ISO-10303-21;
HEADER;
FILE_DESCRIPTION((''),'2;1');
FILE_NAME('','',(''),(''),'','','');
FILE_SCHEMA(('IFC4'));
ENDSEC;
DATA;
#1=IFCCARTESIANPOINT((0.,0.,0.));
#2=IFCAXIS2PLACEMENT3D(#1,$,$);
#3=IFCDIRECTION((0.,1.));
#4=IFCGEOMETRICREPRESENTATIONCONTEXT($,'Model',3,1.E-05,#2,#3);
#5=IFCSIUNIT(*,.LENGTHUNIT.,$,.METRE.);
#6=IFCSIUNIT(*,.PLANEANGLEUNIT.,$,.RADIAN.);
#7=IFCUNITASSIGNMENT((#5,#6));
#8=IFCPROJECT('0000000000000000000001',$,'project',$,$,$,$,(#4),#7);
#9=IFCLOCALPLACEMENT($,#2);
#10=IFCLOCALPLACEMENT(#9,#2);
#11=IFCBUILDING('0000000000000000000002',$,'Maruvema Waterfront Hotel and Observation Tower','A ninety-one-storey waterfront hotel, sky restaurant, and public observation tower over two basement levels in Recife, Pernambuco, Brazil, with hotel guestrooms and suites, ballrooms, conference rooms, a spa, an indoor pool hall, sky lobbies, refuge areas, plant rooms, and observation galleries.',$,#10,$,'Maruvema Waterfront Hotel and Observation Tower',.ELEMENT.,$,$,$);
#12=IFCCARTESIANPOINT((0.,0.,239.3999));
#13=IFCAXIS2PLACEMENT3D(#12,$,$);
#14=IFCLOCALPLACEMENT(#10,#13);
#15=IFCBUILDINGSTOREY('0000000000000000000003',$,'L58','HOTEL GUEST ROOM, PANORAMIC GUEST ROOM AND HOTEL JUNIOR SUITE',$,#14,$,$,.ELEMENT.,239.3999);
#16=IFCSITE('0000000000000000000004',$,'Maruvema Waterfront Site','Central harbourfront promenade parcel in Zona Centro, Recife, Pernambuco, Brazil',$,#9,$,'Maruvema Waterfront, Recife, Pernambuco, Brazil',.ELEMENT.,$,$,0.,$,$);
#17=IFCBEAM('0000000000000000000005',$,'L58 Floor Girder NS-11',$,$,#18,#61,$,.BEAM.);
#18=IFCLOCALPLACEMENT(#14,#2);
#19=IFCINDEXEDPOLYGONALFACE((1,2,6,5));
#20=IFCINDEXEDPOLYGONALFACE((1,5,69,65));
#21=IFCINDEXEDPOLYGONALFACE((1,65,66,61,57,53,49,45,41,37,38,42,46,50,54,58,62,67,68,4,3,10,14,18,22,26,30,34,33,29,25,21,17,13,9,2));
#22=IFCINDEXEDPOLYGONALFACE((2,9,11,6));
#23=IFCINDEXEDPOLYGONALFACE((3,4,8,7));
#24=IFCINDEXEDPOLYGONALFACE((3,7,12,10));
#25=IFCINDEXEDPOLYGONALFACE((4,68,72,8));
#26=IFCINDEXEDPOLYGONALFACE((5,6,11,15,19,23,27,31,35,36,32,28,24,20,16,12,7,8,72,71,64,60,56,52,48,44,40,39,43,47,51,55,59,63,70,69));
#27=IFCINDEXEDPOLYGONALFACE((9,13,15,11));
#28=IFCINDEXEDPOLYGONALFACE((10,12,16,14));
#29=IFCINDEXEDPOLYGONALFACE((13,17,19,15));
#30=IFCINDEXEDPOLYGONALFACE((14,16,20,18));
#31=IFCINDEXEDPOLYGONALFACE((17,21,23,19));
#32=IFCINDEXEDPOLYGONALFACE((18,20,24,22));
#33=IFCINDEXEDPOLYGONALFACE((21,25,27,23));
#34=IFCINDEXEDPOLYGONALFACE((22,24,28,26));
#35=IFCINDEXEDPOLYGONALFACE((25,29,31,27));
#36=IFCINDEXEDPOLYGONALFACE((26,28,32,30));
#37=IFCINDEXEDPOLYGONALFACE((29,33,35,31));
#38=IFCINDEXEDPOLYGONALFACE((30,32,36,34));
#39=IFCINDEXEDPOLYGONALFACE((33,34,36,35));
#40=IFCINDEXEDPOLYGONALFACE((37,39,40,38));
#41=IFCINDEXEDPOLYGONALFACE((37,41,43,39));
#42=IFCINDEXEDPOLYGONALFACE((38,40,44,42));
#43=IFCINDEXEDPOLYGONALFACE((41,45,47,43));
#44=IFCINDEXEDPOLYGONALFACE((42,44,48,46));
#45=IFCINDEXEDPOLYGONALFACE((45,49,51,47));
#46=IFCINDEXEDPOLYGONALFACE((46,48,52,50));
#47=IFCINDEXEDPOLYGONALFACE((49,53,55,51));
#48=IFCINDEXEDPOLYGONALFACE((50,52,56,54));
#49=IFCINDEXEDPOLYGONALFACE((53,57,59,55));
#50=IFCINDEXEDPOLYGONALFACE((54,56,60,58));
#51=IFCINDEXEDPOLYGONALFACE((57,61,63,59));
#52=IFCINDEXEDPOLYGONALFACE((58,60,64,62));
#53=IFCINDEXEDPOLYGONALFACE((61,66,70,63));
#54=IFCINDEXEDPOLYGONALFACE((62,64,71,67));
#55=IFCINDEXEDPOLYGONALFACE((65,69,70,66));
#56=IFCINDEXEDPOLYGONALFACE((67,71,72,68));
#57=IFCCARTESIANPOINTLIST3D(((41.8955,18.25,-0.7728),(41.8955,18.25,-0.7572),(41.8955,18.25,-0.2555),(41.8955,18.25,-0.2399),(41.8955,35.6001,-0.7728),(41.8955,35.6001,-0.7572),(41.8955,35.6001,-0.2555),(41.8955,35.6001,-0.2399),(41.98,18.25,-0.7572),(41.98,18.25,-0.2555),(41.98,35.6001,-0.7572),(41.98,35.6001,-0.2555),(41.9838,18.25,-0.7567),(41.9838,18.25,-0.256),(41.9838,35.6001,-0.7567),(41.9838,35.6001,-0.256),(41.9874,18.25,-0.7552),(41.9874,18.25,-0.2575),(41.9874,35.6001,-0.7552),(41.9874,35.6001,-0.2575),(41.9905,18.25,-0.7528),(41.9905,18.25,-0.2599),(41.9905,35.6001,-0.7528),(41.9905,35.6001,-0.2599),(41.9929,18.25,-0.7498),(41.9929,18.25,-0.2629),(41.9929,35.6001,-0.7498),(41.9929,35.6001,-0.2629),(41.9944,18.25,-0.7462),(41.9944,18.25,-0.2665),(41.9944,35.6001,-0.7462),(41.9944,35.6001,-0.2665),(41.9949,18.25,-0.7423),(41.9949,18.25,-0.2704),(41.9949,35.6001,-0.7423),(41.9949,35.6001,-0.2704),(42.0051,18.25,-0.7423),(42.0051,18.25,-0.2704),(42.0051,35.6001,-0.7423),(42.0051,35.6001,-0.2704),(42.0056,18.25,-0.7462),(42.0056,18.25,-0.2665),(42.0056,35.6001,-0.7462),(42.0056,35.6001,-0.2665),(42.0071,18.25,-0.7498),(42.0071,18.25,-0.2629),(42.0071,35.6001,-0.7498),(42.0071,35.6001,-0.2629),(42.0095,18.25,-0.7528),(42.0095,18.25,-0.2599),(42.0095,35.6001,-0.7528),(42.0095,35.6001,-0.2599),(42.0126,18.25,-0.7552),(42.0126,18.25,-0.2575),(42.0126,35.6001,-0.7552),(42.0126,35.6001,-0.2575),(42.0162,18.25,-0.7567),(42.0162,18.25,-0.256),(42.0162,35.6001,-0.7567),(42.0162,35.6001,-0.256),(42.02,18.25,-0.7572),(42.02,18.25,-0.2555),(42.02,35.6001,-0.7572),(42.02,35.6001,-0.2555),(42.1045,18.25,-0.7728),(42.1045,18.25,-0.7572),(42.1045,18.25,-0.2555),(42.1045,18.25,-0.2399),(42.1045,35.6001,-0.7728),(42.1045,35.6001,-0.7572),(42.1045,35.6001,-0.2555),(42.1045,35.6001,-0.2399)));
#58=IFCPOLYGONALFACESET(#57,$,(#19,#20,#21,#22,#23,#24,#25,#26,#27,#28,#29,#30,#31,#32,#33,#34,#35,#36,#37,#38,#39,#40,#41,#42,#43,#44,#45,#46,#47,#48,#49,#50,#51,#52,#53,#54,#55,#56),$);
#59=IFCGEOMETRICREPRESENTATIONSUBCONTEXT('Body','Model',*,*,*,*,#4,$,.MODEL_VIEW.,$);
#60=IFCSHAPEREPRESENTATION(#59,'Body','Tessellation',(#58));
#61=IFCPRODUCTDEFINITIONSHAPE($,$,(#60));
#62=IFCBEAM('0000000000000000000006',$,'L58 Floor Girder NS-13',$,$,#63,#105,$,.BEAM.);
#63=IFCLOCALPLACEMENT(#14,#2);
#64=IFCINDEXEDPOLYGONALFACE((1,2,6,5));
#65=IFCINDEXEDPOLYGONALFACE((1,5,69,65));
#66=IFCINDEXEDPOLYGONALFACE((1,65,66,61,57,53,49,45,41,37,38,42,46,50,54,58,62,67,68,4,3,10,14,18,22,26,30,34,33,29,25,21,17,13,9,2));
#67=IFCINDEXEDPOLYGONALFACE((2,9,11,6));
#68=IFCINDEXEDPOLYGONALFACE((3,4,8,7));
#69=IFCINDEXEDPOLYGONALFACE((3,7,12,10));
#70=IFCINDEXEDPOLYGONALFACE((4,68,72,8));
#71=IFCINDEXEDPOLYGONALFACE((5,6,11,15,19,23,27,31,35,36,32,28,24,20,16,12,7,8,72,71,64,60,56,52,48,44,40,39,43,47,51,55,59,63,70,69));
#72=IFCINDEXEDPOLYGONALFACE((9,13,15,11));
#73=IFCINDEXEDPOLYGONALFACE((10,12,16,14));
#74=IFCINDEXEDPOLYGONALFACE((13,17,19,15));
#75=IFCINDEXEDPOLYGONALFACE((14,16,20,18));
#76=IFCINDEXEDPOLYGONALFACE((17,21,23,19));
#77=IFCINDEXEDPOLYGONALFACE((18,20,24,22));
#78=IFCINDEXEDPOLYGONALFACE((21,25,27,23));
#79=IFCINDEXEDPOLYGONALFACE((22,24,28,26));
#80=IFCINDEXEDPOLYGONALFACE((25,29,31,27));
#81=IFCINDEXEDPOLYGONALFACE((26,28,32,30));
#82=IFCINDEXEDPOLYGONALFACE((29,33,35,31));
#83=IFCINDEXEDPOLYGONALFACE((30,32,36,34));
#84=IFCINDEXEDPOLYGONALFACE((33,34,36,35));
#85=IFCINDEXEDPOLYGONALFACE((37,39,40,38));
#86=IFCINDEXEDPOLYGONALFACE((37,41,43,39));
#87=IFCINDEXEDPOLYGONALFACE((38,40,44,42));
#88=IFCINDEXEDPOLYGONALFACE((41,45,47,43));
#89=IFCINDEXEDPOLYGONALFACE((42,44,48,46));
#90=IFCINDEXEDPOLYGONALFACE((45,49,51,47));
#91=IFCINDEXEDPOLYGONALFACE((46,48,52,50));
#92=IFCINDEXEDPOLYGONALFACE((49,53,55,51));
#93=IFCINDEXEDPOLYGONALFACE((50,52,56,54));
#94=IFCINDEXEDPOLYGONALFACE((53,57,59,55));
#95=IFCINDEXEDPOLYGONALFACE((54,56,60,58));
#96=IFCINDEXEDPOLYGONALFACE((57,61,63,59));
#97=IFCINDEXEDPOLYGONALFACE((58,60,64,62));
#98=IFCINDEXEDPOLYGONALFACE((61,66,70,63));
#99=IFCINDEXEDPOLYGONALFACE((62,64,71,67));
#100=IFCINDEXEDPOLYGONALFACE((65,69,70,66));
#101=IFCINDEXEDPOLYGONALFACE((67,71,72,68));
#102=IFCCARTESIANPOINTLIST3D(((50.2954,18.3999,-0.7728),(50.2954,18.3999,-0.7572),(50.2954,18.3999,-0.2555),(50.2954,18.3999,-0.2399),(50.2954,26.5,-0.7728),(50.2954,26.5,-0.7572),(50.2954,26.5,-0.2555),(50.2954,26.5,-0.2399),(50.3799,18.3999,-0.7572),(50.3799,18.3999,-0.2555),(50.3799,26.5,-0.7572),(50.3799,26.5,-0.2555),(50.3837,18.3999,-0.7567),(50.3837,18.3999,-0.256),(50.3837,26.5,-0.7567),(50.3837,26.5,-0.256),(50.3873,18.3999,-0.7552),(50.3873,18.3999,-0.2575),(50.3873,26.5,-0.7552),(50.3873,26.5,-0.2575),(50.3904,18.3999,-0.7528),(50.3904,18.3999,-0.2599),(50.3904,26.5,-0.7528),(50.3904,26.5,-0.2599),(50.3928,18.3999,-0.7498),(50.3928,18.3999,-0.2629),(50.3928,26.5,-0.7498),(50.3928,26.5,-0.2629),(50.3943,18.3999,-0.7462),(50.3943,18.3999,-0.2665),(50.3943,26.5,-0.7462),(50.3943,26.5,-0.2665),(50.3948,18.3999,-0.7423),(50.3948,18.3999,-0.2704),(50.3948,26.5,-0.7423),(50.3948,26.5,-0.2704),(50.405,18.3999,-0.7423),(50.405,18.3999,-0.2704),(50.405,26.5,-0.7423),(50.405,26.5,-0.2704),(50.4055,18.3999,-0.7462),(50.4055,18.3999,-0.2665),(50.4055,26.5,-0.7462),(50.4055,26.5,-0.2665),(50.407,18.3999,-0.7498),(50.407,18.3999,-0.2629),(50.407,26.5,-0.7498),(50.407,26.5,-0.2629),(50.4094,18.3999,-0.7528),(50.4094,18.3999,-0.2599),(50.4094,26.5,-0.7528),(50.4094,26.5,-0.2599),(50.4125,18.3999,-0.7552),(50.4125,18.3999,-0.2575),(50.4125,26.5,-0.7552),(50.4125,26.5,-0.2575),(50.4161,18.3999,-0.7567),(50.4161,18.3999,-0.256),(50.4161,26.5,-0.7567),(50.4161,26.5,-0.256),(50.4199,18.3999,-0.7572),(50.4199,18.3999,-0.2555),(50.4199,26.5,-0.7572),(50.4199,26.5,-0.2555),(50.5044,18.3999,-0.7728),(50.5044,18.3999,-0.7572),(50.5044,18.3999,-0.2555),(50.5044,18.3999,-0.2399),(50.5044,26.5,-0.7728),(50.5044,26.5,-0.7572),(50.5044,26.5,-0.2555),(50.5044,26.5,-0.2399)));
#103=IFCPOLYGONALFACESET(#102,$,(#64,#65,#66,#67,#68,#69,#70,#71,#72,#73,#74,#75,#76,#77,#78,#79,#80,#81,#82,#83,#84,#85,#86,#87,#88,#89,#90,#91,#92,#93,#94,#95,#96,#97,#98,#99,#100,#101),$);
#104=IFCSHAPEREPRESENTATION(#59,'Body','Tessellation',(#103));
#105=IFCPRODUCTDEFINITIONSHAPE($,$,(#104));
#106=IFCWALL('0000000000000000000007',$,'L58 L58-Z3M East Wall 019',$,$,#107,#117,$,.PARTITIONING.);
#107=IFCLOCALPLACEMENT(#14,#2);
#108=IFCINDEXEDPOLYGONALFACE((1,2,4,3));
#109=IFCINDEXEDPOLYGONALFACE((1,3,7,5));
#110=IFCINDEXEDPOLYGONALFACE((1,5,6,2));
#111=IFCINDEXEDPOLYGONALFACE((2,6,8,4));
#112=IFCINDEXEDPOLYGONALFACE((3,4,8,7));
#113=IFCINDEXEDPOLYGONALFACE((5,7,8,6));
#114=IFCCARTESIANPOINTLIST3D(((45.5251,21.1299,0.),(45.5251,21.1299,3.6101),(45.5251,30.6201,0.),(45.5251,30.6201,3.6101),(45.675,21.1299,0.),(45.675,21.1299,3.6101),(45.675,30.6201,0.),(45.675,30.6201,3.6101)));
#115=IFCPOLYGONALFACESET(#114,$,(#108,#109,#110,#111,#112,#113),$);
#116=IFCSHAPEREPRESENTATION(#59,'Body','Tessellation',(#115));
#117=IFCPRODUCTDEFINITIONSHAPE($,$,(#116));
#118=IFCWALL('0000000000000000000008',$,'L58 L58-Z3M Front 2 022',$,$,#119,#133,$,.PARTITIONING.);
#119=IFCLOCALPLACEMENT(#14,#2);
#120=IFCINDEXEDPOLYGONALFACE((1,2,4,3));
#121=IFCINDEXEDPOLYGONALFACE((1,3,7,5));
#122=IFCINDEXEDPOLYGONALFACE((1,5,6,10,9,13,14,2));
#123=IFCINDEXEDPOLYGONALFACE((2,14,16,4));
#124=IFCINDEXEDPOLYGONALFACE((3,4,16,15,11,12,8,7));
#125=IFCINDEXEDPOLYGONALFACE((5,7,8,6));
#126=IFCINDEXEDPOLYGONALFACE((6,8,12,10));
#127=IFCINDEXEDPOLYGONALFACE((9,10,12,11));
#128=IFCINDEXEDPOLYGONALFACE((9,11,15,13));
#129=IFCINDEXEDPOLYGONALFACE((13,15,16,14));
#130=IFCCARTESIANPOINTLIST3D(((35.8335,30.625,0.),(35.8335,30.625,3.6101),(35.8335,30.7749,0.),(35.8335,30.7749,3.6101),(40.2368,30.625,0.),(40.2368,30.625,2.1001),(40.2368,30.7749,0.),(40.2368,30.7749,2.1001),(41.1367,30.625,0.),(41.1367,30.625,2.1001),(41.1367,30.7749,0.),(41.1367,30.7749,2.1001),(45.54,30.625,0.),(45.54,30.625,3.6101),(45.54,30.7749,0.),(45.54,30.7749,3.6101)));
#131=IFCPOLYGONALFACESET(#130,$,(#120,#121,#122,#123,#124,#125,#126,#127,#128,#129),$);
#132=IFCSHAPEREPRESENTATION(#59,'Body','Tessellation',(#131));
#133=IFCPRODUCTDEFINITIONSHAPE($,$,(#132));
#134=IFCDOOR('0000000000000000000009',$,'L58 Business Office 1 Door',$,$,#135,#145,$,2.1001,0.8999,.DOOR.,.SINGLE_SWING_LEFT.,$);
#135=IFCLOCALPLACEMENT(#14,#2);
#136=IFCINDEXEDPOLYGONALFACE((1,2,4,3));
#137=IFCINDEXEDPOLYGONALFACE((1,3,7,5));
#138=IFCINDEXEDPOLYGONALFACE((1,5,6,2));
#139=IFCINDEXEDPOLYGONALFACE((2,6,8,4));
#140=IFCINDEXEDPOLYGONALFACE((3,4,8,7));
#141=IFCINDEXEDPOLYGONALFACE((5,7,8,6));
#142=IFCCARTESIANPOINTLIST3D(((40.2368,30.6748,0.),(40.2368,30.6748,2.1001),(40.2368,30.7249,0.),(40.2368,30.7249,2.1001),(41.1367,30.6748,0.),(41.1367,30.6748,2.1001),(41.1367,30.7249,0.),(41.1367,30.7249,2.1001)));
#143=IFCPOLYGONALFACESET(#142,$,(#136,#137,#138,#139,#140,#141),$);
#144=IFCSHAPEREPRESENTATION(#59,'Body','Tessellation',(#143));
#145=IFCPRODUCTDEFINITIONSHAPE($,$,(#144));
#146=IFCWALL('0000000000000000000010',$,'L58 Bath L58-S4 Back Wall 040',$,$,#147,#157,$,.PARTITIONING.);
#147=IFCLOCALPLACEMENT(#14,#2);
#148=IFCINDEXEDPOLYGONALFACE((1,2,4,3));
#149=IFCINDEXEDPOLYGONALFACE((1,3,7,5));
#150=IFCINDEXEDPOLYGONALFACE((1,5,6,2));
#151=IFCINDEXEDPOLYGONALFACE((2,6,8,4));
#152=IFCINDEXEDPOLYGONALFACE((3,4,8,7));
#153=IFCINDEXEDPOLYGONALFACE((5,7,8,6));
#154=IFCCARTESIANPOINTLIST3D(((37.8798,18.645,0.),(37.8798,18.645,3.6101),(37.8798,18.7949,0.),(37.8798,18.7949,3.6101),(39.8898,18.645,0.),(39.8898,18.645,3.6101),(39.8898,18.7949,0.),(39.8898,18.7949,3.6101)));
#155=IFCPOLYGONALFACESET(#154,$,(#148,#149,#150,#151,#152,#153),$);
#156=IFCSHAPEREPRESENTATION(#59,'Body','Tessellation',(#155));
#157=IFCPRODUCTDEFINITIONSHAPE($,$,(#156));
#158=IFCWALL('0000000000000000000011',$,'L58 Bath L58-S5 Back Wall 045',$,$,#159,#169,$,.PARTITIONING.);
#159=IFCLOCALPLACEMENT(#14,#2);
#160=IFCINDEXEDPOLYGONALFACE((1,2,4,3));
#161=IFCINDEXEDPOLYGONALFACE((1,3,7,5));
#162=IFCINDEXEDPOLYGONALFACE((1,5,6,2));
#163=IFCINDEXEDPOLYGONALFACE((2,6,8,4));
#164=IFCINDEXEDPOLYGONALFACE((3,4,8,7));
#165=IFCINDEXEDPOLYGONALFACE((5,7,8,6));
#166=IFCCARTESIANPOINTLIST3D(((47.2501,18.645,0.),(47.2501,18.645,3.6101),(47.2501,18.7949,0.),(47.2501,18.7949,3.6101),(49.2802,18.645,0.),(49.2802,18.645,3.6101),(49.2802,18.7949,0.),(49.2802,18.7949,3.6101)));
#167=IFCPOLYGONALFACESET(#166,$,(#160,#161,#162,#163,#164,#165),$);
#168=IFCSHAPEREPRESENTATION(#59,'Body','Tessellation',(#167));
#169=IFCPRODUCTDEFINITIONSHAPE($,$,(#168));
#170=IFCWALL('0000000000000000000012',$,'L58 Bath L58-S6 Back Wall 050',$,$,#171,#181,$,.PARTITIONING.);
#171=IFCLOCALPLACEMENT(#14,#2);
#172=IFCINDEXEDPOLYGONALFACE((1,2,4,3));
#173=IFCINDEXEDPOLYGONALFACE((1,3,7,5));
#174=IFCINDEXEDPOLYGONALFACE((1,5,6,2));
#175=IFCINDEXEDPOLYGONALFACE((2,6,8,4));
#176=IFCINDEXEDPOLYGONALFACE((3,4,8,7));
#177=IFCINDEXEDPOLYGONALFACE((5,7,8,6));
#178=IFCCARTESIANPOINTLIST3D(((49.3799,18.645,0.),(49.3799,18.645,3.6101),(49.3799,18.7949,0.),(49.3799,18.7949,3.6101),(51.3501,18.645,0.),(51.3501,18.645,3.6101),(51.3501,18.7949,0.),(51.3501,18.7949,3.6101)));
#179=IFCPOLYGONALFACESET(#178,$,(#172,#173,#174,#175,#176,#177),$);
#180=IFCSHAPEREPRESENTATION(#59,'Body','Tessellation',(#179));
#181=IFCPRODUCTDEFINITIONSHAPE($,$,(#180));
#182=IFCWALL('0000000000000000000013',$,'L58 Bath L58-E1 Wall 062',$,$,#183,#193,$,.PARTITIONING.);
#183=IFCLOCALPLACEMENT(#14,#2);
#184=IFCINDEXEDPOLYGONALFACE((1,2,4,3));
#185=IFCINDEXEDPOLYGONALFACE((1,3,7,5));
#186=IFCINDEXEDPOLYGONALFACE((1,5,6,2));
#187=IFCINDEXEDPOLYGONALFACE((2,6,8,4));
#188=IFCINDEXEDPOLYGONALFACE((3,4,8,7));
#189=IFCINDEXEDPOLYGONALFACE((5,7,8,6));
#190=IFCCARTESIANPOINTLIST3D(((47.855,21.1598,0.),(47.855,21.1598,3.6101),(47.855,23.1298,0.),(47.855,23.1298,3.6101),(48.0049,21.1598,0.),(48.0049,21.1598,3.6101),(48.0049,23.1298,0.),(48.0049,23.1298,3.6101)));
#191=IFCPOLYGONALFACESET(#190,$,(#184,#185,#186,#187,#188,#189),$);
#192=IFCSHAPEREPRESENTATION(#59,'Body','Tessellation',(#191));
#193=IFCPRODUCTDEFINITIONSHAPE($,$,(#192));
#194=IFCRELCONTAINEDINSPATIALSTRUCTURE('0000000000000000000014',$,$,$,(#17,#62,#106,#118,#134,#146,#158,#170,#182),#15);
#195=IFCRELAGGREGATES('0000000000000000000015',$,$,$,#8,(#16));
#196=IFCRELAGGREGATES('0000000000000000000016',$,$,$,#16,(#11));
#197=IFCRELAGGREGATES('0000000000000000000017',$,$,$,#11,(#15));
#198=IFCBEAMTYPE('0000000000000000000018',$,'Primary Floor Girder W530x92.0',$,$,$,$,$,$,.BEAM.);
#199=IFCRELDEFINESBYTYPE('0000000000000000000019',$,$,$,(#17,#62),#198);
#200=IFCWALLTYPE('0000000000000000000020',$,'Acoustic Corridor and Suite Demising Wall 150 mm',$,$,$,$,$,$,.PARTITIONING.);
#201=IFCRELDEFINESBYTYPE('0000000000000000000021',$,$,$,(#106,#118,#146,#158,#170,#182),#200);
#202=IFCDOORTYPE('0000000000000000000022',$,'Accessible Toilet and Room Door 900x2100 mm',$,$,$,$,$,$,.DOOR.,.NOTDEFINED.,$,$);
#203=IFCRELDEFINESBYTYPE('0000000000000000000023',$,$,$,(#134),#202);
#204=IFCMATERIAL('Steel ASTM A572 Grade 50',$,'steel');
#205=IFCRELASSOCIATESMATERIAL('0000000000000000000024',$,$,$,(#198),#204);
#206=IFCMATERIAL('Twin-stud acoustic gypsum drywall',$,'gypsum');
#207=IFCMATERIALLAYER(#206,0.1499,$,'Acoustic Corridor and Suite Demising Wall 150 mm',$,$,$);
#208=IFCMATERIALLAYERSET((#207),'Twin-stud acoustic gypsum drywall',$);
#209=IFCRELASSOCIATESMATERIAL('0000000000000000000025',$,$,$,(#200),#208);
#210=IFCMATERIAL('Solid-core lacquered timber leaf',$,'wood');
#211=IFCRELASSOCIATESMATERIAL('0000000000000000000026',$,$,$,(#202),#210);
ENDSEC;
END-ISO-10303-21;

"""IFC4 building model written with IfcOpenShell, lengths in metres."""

from ifc_helpers import new_model, si_unit, direction, frame, frame_2d, origin, origin_2d, place, context, subcontext, project, spatial, rectangle, i_section, extrude, material, layer, layer_set, material_profile, profile_set, type_object, element, fill, save


model = new_model("IFC4")

# Units and contexts
model_context = context("Model", 3, precision=1e-05, world=origin(), true_north=direction((0.0, 1.0)))
body_context = subcontext(model_context, "Body", "Model", "MODEL_VIEW")
ifc_project = project(units=[si_unit("LENGTHUNIT", "METRE"), si_unit("PLANEANGLEUNIT", "RADIAN")], contexts=[model_context])

# Site, building, storey
site_placement = place(None, origin())
site = spatial("IfcSite", under=ifc_project, at=site_placement, Name="Maruvema Waterfront Site", Description="Central harbourfront promenade parcel in Zona Centro, Recife, Pernambuco, Brazil", LongName="Maruvema Waterfront, Recife, Pernambuco, Brazil", CompositionType="ELEMENT", RefElevation=0.0)
building_placement = place(site_placement, origin())
building = spatial("IfcBuilding", under=site, at=building_placement, Name="Maruvema Waterfront Hotel and Observation Tower", Description="A ninety-one-storey waterfront hotel, sky restaurant, and public observation tower over two basement levels in Recife, Pernambuco, Brazil, with hotel guestrooms and suites, ballrooms, conference rooms, a spa, an indoor pool hall, sky lobbies, refuge areas, plant rooms, and observation galleries.", LongName="Maruvema Waterfront Hotel and Observation Tower", CompositionType="ELEMENT")
storey_placement = place(building_placement, frame((0.0, 0.0, 239.3999)))
storey = spatial("IfcBuildingStorey", under=building, at=storey_placement, Name="L58", Description="HOTEL GUEST ROOM, PANORAMIC GUEST ROOM AND HOTEL JUNIOR SUITE", CompositionType="ELEMENT", Elevation=239.3999)

# Beams
ifc_material_1 = material(Name="Steel ASTM A572 Grade 50", Category="steel")
ifc_material_profile = material_profile(ifc_material_1, i_section(OverallWidth=0.209, OverallDepth=0.533, WebThickness=0.0103, FlangeThickness=0.0156, FilletRadius=0.0149, at=origin_2d()), Name="W530x92.0")
ifc_profile_set = profile_set([ifc_material_profile], Name="Steel ASTM A572 Grade 50")
beam_type = type_object("IfcBeamType", Name="Primary Floor Girder W530x92.0", PredefinedType="BEAM", material=ifc_profile_set)
beam_1_placement = place(storey_placement, frame((42.0, 18.25, -0.5063), z_axis=(0.0, 1.0, 0.0), x_axis=(-1.0, 0.0, 0.0)))
element("IfcBeam", 1, at=beam_1_placement, inside=storey, type_object=beam_type, Name="L58 Floor Girder NS-11", PredefinedType="BEAM", context=body_context, shape_type="SweptSolid", body=[
    extrude(i_section(OverallWidth=0.209, OverallDepth=0.533, WebThickness=0.0103, FlangeThickness=0.0156, FilletRadius=0.0149, at=origin_2d()), origin(), (0.0, 0.0, 1.0), 17.3501),
])
beam_2_placement = place(storey_placement, frame((50.3999, 18.3999, -0.5063), z_axis=(0.0, 1.0, 0.0), x_axis=(-1.0, 0.0, 0.0)))
element("IfcBeam", 2, at=beam_2_placement, inside=storey, type_object=beam_type, Name="L58 Floor Girder NS-13", PredefinedType="BEAM", context=body_context, shape_type="SweptSolid", body=[
    extrude(i_section(OverallWidth=0.209, OverallDepth=0.533, WebThickness=0.0103, FlangeThickness=0.0156, FilletRadius=0.0149, at=origin_2d()), origin(), (0.0, 0.0, 1.0), 8.1001),
])

# Wall
ifc_material_2 = material(Name="Twin-stud acoustic gypsum drywall", Category="gypsum")
ifc_layer_1 = layer(ifc_material_2, 0.1499, Name="Acoustic Corridor and Suite Demising Wall 150 mm")
ifc_layer_set_1 = layer_set([ifc_layer_1], Name="Twin-stud acoustic gypsum drywall")
wall_type_1 = type_object("IfcWallType", Name="Acoustic Corridor and Suite Demising Wall 150 mm", PredefinedType="PARTITIONING", material=ifc_layer_set_1)
wall_1_placement = place(storey_placement, frame((45.6001, 21.1299, 0.0), z_axis=(0.0, 0.0, 1.0), x_axis=(0.0, 1.0, 0.0)))
element("IfcWall", 3, at=wall_1_placement, inside=storey, type_object=wall_type_1, Name="L58 L58-Z3M East Wall 019", PredefinedType="PARTITIONING", context=body_context, shape_type="SweptSolid", body=[
    extrude(rectangle(XDim=9.4902, YDim=0.1499, at=frame_2d((4.7451, 0.0))), origin(), (0.0, 0.0, 1.0), 3.6101),
])

# Wall, opening, door
wall_2_placement = place(storey_placement, frame((35.8335, 30.7, 0.0), z_axis=(0.0, 0.0, 1.0), x_axis=(1.0, 0.0, 0.0)))
wall_2 = element("IfcWall", 4, at=wall_2_placement, inside=storey, type_object=wall_type_1, Name="L58 L58-Z3M Front 2 022", PredefinedType="PARTITIONING", context=body_context, shape_type="SweptSolid", body=[
    extrude(rectangle(XDim=9.7065, YDim=0.1499, at=frame_2d((4.8533, 0.0))), origin(), (0.0, 0.0, 1.0), 3.6101),
])
opening_1_placement = place(wall_2_placement, frame((4.4033, 0.0, 0.0)))
opening_1 = element("IfcOpeningElement", 5, at=opening_1_placement, cuts=wall_2, PredefinedType="OPENING", context=body_context, shape_type="SweptSolid", body=[
    extrude(rectangle(XDim=0.8999, YDim=2.1001, at=frame_2d((0.45, 1.05))), frame((0.0, 0.085, 0.0), z_axis=(0.0, -1.0, 0.0), x_axis=(1.0, 0.0, 0.0)), (0.0, 0.0, 1.0), 0.1699),
])
ifc_material_3 = material(Name="Solid-core lacquered timber leaf", Category="wood")
door_type_1 = type_object("IfcDoorType", Name="Accessible Toilet and Room Door 900x2100 mm", OperationType="NOTDEFINED", PredefinedType="DOOR", material=ifc_material_3)
door_1_placement = place(opening_1_placement, origin())
door_1 = element("IfcDoor", 6, at=door_1_placement, inside=storey, type_object=door_type_1, Name="L58 Business Office 1 Door", OperationType="SINGLE_SWING_LEFT", OverallHeight=2.1001, OverallWidth=0.8999, PredefinedType="DOOR", context=body_context, shape_type="SweptSolid", body=[
    extrude(rectangle(XDim=0.8999, YDim=2.1001, at=frame_2d((0.45, 1.05))), frame((0.0, 0.0249, 0.0), z_axis=(0.0, -1.0, 0.0), x_axis=(1.0, 0.0, 0.0)), (0.0, 0.0, 1.0), 0.05),
])
fill(opening_1, door_1)

# Wall
wall_3_placement = place(storey_placement, frame((37.8799, 18.72, 0.0), z_axis=(0.0, 0.0, 1.0), x_axis=(1.0, 0.0, 0.0)))
element("IfcWall", 7, at=wall_3_placement, inside=storey, type_object=wall_type_1, Name="L58 Bath L58-S4 Back Wall 040", PredefinedType="PARTITIONING", context=body_context, shape_type="SweptSolid", body=[
    extrude(rectangle(XDim=2.01, YDim=0.1499, at=frame_2d((1.0049, 0.0))), origin(), (0.0, 0.0, 1.0), 3.6101),
])

# Wall
wall_4_placement = place(storey_placement, frame((47.25, 18.72, 0.0), z_axis=(0.0, 0.0, 1.0), x_axis=(1.0, 0.0, 0.0)))
element("IfcWall", 8, at=wall_4_placement, inside=storey, type_object=wall_type_1, Name="L58 Bath L58-S5 Back Wall 045", PredefinedType="PARTITIONING", context=body_context, shape_type="SweptSolid", body=[
    extrude(rectangle(XDim=2.03, YDim=0.1499, at=frame_2d((1.0151, 0.0))), origin(), (0.0, 0.0, 1.0), 3.6101),
])

# Walls
wall_5_placement = place(storey_placement, frame((49.3799, 18.72, 0.0), z_axis=(0.0, 0.0, 1.0), x_axis=(1.0, 0.0, 0.0)))
element("IfcWall", 9, at=wall_5_placement, inside=storey, type_object=wall_type_1, Name="L58 Bath L58-S6 Back Wall 050", PredefinedType="PARTITIONING", context=body_context, shape_type="SweptSolid", body=[
    extrude(rectangle(XDim=1.9702, YDim=0.1499, at=frame_2d((0.9851, 0.0))), origin(), (0.0, 0.0, 1.0), 3.6101),
])
wall_6_placement = place(storey_placement, frame((47.9299, 21.1599, 0.0), z_axis=(0.0, 0.0, 1.0), x_axis=(0.0, 1.0, 0.0)))
element("IfcWall", 10, at=wall_6_placement, inside=storey, type_object=wall_type_1, Name="L58 Bath L58-E1 Wall 062", PredefinedType="PARTITIONING", context=body_context, shape_type="SweptSolid", body=[
    extrude(rectangle(XDim=1.97, YDim=0.1499, at=frame_2d((0.9849, 0.0))), origin(), (0.0, 0.0, 1.0), 3.6101),
])

save(model, "model.ifc")
